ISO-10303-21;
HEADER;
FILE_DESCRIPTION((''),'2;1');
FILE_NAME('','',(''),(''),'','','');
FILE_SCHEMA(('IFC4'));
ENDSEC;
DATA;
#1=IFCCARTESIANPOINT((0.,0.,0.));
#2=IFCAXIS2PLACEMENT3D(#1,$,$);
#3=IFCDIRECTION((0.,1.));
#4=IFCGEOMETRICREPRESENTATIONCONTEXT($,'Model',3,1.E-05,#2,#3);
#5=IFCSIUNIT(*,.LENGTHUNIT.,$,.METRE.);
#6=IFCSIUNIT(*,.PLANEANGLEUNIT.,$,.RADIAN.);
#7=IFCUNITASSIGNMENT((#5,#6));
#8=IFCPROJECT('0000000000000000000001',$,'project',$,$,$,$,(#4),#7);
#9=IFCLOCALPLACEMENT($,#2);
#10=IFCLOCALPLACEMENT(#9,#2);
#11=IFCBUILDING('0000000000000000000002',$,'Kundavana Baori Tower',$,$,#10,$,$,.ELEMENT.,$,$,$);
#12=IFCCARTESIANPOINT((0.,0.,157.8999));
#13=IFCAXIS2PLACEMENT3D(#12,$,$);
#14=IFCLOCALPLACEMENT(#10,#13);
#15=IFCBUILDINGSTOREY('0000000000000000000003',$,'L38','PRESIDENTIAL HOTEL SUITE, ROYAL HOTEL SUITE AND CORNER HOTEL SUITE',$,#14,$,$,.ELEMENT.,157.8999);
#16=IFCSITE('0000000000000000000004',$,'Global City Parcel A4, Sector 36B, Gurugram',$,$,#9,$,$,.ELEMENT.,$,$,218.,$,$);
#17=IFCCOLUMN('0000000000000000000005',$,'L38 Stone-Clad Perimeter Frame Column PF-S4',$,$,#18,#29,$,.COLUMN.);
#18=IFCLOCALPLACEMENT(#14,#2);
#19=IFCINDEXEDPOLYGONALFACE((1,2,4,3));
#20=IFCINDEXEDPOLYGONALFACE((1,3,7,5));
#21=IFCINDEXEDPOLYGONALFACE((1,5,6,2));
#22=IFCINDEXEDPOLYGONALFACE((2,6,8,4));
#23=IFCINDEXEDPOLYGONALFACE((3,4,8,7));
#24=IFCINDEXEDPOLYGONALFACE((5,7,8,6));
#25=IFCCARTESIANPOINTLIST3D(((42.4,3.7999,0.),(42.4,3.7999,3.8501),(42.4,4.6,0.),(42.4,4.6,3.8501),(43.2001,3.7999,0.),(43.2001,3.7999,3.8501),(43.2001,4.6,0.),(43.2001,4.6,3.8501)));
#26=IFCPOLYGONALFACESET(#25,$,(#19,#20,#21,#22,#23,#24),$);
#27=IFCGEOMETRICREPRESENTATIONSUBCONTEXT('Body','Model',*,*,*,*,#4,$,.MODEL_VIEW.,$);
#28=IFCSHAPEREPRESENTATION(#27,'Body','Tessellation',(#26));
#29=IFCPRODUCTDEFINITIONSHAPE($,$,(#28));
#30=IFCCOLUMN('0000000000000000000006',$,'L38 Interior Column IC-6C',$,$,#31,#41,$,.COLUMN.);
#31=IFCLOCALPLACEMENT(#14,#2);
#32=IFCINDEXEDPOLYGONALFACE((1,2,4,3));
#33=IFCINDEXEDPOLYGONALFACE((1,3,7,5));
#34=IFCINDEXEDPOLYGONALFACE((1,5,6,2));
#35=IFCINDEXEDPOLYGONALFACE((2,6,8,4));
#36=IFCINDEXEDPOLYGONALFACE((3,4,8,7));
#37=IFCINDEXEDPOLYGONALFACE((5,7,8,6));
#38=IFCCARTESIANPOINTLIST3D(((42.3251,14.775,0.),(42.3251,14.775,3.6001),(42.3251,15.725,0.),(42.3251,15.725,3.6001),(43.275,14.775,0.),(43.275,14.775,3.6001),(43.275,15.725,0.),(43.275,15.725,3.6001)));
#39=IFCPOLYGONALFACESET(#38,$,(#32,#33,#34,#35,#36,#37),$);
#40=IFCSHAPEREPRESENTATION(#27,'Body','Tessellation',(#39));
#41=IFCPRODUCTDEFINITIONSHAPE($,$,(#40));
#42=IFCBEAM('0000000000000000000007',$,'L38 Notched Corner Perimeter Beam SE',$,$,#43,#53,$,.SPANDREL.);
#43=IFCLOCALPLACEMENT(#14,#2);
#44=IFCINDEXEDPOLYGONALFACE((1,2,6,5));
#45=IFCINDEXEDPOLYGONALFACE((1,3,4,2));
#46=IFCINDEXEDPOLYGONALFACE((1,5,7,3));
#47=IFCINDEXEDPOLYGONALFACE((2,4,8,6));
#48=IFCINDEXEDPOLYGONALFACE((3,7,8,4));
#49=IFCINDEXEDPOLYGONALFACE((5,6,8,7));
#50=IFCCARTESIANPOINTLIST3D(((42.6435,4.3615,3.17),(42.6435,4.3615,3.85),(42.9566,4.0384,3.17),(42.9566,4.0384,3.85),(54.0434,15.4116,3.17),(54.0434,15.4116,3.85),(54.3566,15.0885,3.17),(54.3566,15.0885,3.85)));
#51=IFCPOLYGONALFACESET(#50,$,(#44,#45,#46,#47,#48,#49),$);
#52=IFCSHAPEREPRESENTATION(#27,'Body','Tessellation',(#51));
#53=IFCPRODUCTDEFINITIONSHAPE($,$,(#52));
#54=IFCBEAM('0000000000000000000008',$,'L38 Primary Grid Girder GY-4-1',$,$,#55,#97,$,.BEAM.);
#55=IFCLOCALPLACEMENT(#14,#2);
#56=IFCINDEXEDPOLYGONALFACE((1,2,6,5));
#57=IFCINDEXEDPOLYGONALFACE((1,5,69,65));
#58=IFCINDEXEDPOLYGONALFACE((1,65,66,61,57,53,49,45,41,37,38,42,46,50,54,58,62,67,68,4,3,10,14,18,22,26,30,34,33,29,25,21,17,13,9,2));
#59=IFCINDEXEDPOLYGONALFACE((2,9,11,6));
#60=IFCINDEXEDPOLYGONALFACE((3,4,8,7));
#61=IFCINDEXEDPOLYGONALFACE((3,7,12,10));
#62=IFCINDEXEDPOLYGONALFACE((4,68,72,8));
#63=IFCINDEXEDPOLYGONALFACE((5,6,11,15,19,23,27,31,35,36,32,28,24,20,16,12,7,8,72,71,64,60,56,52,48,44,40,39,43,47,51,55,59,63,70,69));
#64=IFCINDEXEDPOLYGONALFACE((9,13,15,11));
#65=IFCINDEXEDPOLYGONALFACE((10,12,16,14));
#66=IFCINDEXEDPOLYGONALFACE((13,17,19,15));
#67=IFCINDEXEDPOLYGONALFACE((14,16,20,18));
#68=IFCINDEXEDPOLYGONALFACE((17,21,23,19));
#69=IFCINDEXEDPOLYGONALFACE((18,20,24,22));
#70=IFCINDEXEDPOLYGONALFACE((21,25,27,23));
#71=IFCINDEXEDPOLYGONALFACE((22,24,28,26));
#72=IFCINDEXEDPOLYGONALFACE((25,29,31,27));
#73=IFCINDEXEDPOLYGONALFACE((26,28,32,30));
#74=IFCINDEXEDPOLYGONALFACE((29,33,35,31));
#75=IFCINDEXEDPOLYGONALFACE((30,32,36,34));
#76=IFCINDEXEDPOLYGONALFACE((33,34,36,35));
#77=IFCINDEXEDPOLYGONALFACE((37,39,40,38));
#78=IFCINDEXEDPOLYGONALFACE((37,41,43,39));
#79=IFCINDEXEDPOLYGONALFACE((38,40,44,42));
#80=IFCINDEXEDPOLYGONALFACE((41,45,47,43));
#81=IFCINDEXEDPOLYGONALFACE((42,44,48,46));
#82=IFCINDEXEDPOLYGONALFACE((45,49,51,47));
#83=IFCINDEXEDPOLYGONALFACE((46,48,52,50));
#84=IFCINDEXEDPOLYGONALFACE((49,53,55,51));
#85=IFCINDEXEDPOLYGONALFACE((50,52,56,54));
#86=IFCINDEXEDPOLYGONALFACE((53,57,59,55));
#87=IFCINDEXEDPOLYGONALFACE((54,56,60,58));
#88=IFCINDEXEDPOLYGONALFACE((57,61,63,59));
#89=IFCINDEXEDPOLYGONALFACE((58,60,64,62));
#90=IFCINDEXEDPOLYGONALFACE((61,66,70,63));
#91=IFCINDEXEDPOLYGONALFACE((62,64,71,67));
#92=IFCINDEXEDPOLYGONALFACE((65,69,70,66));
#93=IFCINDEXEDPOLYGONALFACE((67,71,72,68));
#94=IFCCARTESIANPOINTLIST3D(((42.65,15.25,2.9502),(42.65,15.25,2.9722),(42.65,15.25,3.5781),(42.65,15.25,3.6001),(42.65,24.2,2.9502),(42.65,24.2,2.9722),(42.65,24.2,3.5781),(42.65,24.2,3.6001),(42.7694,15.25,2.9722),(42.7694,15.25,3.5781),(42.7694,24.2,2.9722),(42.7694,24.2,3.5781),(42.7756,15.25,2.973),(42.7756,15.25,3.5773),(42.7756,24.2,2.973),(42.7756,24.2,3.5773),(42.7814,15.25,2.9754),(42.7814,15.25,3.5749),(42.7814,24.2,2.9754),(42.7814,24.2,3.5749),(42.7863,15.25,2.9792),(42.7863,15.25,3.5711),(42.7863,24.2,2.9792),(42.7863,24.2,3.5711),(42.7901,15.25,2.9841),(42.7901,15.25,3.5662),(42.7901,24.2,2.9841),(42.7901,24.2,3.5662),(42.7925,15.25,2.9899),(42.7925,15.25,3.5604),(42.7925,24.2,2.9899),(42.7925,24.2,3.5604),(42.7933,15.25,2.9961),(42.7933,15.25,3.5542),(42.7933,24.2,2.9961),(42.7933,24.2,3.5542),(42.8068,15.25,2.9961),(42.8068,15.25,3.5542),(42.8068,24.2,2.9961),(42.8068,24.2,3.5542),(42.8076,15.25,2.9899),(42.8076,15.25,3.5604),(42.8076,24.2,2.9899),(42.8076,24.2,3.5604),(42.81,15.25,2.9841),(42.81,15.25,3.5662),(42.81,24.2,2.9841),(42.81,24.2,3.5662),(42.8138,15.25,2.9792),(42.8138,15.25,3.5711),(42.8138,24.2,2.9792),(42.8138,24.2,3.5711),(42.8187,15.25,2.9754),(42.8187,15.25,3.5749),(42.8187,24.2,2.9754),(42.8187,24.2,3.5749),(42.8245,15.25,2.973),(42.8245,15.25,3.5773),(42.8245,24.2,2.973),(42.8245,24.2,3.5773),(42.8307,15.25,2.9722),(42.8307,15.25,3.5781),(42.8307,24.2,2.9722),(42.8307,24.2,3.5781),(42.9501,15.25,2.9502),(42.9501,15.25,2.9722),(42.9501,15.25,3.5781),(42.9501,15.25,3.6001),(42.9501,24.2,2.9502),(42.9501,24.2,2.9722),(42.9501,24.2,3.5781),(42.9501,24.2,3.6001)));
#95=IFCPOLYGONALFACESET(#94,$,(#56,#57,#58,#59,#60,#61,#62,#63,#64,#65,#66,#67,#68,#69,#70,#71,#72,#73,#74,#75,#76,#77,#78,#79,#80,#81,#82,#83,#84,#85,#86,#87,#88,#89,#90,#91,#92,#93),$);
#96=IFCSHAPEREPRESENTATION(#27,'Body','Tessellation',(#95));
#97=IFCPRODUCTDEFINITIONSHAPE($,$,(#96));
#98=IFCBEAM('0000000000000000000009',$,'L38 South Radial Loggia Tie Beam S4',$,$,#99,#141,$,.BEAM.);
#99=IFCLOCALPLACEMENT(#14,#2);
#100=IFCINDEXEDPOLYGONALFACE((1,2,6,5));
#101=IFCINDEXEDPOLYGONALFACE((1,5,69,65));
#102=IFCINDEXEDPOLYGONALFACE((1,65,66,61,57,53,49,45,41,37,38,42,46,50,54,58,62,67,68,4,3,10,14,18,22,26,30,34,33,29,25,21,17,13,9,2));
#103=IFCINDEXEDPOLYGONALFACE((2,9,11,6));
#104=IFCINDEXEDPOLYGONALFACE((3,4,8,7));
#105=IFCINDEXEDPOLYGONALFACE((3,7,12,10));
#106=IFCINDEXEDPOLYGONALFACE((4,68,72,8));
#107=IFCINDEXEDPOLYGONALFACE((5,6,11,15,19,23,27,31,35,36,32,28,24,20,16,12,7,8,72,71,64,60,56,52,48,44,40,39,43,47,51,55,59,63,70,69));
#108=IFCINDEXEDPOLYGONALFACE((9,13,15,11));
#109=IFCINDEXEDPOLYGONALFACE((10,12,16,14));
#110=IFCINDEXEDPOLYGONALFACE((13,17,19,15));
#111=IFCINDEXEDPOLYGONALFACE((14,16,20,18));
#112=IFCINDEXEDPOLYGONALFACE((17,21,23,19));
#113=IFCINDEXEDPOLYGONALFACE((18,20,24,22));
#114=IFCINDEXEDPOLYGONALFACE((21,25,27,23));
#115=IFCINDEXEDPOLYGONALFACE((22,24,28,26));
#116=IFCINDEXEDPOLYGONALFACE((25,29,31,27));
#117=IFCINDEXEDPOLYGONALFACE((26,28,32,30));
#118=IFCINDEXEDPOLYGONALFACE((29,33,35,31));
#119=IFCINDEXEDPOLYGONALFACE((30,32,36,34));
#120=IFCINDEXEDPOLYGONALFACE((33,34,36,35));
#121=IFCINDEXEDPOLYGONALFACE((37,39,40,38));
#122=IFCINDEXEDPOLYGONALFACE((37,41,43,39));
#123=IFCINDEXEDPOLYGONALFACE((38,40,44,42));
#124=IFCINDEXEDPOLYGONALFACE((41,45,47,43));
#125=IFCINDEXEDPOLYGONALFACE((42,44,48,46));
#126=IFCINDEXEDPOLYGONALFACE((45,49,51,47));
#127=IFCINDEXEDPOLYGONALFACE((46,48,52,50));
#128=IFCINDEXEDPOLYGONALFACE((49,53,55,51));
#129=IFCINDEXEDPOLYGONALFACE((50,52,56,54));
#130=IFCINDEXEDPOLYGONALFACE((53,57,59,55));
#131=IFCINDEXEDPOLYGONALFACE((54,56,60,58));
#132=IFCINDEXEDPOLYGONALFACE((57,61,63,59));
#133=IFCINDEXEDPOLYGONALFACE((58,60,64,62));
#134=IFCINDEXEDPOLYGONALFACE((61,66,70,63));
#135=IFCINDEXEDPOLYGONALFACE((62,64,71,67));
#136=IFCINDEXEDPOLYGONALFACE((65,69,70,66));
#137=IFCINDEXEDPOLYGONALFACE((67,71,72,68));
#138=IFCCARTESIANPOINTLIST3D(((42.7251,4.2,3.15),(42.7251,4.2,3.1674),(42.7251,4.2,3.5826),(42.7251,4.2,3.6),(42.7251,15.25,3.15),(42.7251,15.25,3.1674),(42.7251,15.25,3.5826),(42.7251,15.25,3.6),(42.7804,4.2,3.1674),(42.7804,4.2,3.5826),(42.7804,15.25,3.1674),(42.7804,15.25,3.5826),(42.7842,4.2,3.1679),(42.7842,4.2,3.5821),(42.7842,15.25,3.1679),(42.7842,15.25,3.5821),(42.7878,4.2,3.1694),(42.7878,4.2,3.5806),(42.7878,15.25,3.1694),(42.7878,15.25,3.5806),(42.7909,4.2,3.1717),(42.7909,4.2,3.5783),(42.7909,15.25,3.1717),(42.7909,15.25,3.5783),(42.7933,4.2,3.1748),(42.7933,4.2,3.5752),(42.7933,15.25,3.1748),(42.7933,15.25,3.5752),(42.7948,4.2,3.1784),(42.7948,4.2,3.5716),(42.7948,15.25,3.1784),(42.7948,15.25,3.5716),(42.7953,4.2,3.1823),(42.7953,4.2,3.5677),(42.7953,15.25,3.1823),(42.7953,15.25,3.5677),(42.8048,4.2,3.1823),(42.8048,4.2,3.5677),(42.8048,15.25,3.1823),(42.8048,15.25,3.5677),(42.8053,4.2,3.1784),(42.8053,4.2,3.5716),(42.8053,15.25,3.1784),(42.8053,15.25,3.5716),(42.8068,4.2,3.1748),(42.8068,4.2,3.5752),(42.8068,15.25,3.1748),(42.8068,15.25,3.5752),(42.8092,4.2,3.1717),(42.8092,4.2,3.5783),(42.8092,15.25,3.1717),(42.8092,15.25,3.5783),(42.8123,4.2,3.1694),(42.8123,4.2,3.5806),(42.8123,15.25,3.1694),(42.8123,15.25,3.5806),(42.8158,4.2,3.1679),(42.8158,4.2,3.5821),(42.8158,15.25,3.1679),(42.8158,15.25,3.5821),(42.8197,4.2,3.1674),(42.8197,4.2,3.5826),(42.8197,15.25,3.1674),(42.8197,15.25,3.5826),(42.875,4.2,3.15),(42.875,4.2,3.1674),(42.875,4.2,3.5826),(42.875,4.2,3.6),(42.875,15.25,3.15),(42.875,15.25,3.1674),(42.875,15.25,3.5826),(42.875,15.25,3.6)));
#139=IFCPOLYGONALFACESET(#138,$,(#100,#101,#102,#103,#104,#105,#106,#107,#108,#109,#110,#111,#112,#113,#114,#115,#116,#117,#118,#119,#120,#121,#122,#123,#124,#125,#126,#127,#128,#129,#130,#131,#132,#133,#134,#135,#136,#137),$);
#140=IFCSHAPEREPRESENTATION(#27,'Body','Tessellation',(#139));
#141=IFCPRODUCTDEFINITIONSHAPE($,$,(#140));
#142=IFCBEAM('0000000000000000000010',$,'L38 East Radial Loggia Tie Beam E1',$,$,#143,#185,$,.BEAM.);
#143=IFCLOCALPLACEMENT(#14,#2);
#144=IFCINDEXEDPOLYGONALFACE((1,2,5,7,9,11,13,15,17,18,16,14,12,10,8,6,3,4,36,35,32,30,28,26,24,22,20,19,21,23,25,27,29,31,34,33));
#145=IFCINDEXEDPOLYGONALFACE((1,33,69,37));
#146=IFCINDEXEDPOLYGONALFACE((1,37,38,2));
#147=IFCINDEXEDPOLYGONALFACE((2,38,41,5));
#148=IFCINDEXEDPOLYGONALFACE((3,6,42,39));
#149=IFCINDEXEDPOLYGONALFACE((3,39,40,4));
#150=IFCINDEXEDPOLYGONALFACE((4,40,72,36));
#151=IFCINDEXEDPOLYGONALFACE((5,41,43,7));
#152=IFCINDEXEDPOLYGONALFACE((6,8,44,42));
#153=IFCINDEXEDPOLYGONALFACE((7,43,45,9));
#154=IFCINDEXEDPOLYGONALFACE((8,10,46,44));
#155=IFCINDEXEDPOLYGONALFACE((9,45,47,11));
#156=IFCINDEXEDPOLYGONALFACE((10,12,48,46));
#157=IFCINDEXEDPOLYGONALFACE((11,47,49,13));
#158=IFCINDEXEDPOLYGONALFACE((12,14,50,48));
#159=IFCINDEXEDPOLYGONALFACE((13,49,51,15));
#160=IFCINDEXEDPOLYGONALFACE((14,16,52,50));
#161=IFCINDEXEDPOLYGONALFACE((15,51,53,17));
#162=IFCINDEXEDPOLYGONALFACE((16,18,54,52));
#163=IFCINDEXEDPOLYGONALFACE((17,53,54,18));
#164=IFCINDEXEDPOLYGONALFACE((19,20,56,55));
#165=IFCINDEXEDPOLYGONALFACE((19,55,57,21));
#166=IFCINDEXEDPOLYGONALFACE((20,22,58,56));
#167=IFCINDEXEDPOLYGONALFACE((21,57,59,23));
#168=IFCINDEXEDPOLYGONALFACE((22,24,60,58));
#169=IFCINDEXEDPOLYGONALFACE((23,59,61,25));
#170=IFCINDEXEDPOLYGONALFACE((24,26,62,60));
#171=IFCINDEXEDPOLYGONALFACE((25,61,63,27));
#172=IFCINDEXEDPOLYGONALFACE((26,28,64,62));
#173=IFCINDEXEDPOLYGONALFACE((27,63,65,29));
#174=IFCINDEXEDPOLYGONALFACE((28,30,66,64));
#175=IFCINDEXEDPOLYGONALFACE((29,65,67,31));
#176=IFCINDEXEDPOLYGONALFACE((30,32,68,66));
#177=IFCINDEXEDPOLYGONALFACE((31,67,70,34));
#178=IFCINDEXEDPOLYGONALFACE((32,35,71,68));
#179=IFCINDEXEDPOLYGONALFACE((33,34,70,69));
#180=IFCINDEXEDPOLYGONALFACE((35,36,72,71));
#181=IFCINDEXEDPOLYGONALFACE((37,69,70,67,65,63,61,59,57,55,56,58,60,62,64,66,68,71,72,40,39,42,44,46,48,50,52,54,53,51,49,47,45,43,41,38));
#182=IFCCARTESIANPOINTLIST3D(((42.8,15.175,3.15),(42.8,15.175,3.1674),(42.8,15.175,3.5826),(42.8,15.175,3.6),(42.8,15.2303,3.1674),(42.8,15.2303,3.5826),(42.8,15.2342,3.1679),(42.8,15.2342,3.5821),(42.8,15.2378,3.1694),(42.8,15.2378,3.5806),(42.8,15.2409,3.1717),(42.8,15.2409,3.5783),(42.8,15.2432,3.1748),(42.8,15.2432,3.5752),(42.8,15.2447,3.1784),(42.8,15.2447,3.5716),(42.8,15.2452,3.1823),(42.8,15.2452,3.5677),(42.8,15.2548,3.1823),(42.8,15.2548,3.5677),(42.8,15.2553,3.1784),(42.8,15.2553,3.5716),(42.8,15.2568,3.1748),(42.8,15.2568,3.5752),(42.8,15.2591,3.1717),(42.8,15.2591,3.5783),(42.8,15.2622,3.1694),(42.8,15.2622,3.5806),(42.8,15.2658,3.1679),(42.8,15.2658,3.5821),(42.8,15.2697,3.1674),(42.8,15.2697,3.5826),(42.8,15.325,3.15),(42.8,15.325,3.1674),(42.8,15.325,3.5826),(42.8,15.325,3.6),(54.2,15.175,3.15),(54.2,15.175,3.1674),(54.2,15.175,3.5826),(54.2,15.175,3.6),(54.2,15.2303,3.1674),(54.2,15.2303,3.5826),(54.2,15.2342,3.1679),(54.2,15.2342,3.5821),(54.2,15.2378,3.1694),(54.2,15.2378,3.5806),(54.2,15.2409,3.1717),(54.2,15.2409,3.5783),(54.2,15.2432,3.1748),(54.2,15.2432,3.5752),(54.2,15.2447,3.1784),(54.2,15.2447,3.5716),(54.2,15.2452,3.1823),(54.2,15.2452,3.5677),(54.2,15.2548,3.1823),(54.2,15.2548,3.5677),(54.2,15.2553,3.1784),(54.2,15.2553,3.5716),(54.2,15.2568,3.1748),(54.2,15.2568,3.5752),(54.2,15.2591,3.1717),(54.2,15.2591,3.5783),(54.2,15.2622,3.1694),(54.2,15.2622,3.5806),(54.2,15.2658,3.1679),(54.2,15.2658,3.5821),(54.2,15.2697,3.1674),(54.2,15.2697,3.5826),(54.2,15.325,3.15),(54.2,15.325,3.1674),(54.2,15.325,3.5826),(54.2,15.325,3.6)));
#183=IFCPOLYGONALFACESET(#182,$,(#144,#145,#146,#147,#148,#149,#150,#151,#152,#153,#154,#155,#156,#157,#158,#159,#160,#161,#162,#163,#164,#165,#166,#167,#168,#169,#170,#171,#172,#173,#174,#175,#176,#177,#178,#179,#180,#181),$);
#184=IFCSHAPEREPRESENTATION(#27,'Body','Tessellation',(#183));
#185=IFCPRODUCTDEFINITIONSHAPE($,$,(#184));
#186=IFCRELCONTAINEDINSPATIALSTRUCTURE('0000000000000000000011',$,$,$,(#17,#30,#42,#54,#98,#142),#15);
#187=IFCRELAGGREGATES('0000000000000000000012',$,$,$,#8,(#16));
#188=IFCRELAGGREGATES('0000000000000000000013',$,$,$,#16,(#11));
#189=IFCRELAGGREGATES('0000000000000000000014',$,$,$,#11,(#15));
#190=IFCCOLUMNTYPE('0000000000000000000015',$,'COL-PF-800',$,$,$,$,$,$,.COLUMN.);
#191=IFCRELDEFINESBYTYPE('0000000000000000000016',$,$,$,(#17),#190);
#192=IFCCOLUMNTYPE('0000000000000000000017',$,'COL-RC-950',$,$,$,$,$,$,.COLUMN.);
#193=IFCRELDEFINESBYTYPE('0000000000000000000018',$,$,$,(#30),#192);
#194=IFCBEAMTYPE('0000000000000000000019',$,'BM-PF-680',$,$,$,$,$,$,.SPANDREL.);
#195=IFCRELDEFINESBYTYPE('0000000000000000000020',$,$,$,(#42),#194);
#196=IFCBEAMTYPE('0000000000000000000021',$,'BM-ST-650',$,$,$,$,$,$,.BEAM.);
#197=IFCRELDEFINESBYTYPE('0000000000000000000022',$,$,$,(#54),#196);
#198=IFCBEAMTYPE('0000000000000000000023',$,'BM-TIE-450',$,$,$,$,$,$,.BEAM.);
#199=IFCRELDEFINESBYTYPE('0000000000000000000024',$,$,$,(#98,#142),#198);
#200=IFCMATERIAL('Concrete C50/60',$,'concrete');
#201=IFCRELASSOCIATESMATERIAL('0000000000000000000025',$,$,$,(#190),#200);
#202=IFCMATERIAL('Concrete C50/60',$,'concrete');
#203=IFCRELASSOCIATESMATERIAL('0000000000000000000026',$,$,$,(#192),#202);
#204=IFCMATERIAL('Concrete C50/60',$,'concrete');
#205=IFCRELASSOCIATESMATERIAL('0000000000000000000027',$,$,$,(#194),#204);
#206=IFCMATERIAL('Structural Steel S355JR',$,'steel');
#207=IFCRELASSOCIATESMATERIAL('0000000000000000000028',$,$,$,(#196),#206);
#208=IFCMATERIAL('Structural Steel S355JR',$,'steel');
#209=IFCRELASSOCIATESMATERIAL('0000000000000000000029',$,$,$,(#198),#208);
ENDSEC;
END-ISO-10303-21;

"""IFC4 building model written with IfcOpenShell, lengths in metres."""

from ifc_helpers import new_model, si_unit, direction, frame, origin, origin_2d, place, context, subcontext, project, spatial, rectangle, i_section, extrude, material, material_profile, profile_set, type_object, element, save


model = new_model("IFC4")

# Units and contexts
model_context = context("Model", 3, precision=1e-05, world=origin(), true_north=direction((0.0, 1.0)))
body_context = subcontext(model_context, "Body", "Model", "MODEL_VIEW")
ifc_project = project(units=[si_unit("LENGTHUNIT", "METRE"), si_unit("PLANEANGLEUNIT", "RADIAN")], contexts=[model_context])

# Site, building, storey
site_placement = place(None, origin())
site = spatial("IfcSite", under=ifc_project, at=site_placement, Name="Global City Parcel A4, Sector 36B, Gurugram", CompositionType="ELEMENT", RefElevation=218.0)
building_placement = place(site_placement, origin())
building = spatial("IfcBuilding", under=site, at=building_placement, Name="Kundavana Baori Tower", CompositionType="ELEMENT")
storey_placement = place(building_placement, frame((0.0, 0.0, 157.8999)))
storey = spatial("IfcBuildingStorey", under=building, at=storey_placement, Name="L38", Description="PRESIDENTIAL HOTEL SUITE, ROYAL HOTEL SUITE AND CORNER HOTEL SUITE", CompositionType="ELEMENT", Elevation=157.8999)

# Columns
ifc_material_1 = material(Name="Concrete C50/60", Category="concrete")
ifc_material_profile_1 = material_profile(ifc_material_1, rectangle(XDim=0.8, YDim=0.8, at=origin_2d()), Name="RC PF 800x800")
ifc_profile_set_1 = profile_set([ifc_material_profile_1], Name="Concrete C50/60")
column_type_1 = type_object("IfcColumnType", Name="COL-PF-800", PredefinedType="COLUMN", material=ifc_profile_set_1)
column_1_placement = place(storey_placement, frame((42.8, 4.2, 0.0), z_axis=(0.0, 0.0, 1.0), x_axis=(1.0, 0.0, 0.0)))
element("IfcColumn", 1, at=column_1_placement, inside=storey, type_object=column_type_1, Name="L38 Stone-Clad Perimeter Frame Column PF-S4", PredefinedType="COLUMN", context=body_context, shape_type="SweptSolid", body=[
    extrude(rectangle(XDim=0.8, YDim=0.8, at=origin_2d()), origin(), (0.0, 0.0, 1.0), 3.8501),
])
ifc_material_2 = material(Name="Concrete C50/60", Category="concrete")
ifc_material_profile_2 = material_profile(ifc_material_2, rectangle(XDim=0.95, YDim=0.95, at=origin_2d()), Name="RC 950x950")
ifc_profile_set_2 = profile_set([ifc_material_profile_2], Name="Concrete C50/60")
column_type_2 = type_object("IfcColumnType", Name="COL-RC-950", PredefinedType="COLUMN", material=ifc_profile_set_2)
column_2_placement = place(storey_placement, frame((42.8, 15.25, 0.0), z_axis=(0.0, 0.0, 1.0), x_axis=(1.0, 0.0, 0.0)))
element("IfcColumn", 2, at=column_2_placement, inside=storey, type_object=column_type_2, Name="L38 Interior Column IC-6C", PredefinedType="COLUMN", context=body_context, shape_type="SweptSolid", body=[
    extrude(rectangle(XDim=0.95, YDim=0.95, at=origin_2d()), origin(), (0.0, 0.0, 1.0), 3.6001),
])

# Beams
ifc_material_3 = material(Name="Concrete C50/60", Category="concrete")
ifc_material_profile_3 = material_profile(ifc_material_3, rectangle(XDim=0.45, YDim=0.6799, at=origin_2d()), Name="RC BM 450x680")
ifc_profile_set_3 = profile_set([ifc_material_profile_3], Name="Concrete C50/60")
beam_type_1 = type_object("IfcBeamType", Name="BM-PF-680", PredefinedType="SPANDREL", material=ifc_profile_set_3)
beam_1_placement = place(storey_placement, frame((42.8, 4.2, 3.51), z_axis=(0.718039, 0.696003, 0.0), x_axis=(-0.696003, 0.718039, 0.0)))
element("IfcBeam", 3, at=beam_1_placement, inside=storey, type_object=beam_type_1, Name="L38 Notched Corner Perimeter Beam SE", PredefinedType="SPANDREL", context=body_context, shape_type="SweptSolid", body=[
    extrude(rectangle(XDim=0.45, YDim=0.6799, at=origin_2d()), origin(), (0.0, 0.0, 1.0), 15.8765),
])
ifc_material_4 = material(Name="Structural Steel S355JR", Category="steel")
ifc_material_profile_4 = material_profile(ifc_material_4, i_section(OverallWidth=0.3, OverallDepth=0.6499, WebThickness=0.0134, FlangeThickness=0.022, FilletRadius=0.0239, at=origin_2d()), Name="NPB 650x300x155")
ifc_profile_set_4 = profile_set([ifc_material_profile_4], Name="Structural Steel S355JR")
beam_type_2 = type_object("IfcBeamType", Name="BM-ST-650", PredefinedType="BEAM", material=ifc_profile_set_4)
beam_2_placement = place(storey_placement, frame((42.8, 15.25, 3.2751), z_axis=(0.0, 1.0, 0.0), x_axis=(-1.0, 0.0, 0.0)))
element("IfcBeam", 4, at=beam_2_placement, inside=storey, type_object=beam_type_2, Name="L38 Primary Grid Girder GY-4-1", PredefinedType="BEAM", context=body_context, shape_type="SweptSolid", body=[
    extrude(i_section(OverallWidth=0.3, OverallDepth=0.6499, WebThickness=0.0134, FlangeThickness=0.022, FilletRadius=0.0239, at=origin_2d()), origin(), (0.0, 0.0, 1.0), 8.95),
])
ifc_material_5 = material(Name="Structural Steel S355JR", Category="steel")
ifc_material_profile_5 = material_profile(ifc_material_5, i_section(OverallWidth=0.1499, OverallDepth=0.45, WebThickness=0.0095, FlangeThickness=0.0173, FilletRadius=0.0149, at=origin_2d()), Name="ISMB 450")
ifc_profile_set_5 = profile_set([ifc_material_profile_5], Name="Structural Steel S355JR")
beam_type_3 = type_object("IfcBeamType", Name="BM-TIE-450", PredefinedType="BEAM", material=ifc_profile_set_5)
beam_3_placement = place(storey_placement, frame((42.8, 15.25, 3.375), z_axis=(0.0, -1.0, 0.0), x_axis=(1.0, 0.0, 0.0)))
element("IfcBeam", 5, at=beam_3_placement, inside=storey, type_object=beam_type_3, Name="L38 South Radial Loggia Tie Beam S4", PredefinedType="BEAM", context=body_context, shape_type="SweptSolid", body=[
    extrude(i_section(OverallWidth=0.1499, OverallDepth=0.45, WebThickness=0.0095, FlangeThickness=0.0173, FilletRadius=0.0149, at=origin_2d()), origin(), (0.0, 0.0, 1.0), 11.05),
])
beam_4_placement = place(storey_placement, frame((42.8, 15.25, 3.375), z_axis=(1.0, 0.0, 0.0), x_axis=(0.0, 1.0, 0.0)))
element("IfcBeam", 6, at=beam_4_placement, inside=storey, type_object=beam_type_3, Name="L38 East Radial Loggia Tie Beam E1", PredefinedType="BEAM", context=body_context, shape_type="SweptSolid", body=[
    extrude(i_section(OverallWidth=0.1499, OverallDepth=0.45, WebThickness=0.0095, FlangeThickness=0.0173, FilletRadius=0.0149, at=origin_2d()), origin(), (0.0, 0.0, 1.0), 11.3999),
])

save(model, "model.ifc")
